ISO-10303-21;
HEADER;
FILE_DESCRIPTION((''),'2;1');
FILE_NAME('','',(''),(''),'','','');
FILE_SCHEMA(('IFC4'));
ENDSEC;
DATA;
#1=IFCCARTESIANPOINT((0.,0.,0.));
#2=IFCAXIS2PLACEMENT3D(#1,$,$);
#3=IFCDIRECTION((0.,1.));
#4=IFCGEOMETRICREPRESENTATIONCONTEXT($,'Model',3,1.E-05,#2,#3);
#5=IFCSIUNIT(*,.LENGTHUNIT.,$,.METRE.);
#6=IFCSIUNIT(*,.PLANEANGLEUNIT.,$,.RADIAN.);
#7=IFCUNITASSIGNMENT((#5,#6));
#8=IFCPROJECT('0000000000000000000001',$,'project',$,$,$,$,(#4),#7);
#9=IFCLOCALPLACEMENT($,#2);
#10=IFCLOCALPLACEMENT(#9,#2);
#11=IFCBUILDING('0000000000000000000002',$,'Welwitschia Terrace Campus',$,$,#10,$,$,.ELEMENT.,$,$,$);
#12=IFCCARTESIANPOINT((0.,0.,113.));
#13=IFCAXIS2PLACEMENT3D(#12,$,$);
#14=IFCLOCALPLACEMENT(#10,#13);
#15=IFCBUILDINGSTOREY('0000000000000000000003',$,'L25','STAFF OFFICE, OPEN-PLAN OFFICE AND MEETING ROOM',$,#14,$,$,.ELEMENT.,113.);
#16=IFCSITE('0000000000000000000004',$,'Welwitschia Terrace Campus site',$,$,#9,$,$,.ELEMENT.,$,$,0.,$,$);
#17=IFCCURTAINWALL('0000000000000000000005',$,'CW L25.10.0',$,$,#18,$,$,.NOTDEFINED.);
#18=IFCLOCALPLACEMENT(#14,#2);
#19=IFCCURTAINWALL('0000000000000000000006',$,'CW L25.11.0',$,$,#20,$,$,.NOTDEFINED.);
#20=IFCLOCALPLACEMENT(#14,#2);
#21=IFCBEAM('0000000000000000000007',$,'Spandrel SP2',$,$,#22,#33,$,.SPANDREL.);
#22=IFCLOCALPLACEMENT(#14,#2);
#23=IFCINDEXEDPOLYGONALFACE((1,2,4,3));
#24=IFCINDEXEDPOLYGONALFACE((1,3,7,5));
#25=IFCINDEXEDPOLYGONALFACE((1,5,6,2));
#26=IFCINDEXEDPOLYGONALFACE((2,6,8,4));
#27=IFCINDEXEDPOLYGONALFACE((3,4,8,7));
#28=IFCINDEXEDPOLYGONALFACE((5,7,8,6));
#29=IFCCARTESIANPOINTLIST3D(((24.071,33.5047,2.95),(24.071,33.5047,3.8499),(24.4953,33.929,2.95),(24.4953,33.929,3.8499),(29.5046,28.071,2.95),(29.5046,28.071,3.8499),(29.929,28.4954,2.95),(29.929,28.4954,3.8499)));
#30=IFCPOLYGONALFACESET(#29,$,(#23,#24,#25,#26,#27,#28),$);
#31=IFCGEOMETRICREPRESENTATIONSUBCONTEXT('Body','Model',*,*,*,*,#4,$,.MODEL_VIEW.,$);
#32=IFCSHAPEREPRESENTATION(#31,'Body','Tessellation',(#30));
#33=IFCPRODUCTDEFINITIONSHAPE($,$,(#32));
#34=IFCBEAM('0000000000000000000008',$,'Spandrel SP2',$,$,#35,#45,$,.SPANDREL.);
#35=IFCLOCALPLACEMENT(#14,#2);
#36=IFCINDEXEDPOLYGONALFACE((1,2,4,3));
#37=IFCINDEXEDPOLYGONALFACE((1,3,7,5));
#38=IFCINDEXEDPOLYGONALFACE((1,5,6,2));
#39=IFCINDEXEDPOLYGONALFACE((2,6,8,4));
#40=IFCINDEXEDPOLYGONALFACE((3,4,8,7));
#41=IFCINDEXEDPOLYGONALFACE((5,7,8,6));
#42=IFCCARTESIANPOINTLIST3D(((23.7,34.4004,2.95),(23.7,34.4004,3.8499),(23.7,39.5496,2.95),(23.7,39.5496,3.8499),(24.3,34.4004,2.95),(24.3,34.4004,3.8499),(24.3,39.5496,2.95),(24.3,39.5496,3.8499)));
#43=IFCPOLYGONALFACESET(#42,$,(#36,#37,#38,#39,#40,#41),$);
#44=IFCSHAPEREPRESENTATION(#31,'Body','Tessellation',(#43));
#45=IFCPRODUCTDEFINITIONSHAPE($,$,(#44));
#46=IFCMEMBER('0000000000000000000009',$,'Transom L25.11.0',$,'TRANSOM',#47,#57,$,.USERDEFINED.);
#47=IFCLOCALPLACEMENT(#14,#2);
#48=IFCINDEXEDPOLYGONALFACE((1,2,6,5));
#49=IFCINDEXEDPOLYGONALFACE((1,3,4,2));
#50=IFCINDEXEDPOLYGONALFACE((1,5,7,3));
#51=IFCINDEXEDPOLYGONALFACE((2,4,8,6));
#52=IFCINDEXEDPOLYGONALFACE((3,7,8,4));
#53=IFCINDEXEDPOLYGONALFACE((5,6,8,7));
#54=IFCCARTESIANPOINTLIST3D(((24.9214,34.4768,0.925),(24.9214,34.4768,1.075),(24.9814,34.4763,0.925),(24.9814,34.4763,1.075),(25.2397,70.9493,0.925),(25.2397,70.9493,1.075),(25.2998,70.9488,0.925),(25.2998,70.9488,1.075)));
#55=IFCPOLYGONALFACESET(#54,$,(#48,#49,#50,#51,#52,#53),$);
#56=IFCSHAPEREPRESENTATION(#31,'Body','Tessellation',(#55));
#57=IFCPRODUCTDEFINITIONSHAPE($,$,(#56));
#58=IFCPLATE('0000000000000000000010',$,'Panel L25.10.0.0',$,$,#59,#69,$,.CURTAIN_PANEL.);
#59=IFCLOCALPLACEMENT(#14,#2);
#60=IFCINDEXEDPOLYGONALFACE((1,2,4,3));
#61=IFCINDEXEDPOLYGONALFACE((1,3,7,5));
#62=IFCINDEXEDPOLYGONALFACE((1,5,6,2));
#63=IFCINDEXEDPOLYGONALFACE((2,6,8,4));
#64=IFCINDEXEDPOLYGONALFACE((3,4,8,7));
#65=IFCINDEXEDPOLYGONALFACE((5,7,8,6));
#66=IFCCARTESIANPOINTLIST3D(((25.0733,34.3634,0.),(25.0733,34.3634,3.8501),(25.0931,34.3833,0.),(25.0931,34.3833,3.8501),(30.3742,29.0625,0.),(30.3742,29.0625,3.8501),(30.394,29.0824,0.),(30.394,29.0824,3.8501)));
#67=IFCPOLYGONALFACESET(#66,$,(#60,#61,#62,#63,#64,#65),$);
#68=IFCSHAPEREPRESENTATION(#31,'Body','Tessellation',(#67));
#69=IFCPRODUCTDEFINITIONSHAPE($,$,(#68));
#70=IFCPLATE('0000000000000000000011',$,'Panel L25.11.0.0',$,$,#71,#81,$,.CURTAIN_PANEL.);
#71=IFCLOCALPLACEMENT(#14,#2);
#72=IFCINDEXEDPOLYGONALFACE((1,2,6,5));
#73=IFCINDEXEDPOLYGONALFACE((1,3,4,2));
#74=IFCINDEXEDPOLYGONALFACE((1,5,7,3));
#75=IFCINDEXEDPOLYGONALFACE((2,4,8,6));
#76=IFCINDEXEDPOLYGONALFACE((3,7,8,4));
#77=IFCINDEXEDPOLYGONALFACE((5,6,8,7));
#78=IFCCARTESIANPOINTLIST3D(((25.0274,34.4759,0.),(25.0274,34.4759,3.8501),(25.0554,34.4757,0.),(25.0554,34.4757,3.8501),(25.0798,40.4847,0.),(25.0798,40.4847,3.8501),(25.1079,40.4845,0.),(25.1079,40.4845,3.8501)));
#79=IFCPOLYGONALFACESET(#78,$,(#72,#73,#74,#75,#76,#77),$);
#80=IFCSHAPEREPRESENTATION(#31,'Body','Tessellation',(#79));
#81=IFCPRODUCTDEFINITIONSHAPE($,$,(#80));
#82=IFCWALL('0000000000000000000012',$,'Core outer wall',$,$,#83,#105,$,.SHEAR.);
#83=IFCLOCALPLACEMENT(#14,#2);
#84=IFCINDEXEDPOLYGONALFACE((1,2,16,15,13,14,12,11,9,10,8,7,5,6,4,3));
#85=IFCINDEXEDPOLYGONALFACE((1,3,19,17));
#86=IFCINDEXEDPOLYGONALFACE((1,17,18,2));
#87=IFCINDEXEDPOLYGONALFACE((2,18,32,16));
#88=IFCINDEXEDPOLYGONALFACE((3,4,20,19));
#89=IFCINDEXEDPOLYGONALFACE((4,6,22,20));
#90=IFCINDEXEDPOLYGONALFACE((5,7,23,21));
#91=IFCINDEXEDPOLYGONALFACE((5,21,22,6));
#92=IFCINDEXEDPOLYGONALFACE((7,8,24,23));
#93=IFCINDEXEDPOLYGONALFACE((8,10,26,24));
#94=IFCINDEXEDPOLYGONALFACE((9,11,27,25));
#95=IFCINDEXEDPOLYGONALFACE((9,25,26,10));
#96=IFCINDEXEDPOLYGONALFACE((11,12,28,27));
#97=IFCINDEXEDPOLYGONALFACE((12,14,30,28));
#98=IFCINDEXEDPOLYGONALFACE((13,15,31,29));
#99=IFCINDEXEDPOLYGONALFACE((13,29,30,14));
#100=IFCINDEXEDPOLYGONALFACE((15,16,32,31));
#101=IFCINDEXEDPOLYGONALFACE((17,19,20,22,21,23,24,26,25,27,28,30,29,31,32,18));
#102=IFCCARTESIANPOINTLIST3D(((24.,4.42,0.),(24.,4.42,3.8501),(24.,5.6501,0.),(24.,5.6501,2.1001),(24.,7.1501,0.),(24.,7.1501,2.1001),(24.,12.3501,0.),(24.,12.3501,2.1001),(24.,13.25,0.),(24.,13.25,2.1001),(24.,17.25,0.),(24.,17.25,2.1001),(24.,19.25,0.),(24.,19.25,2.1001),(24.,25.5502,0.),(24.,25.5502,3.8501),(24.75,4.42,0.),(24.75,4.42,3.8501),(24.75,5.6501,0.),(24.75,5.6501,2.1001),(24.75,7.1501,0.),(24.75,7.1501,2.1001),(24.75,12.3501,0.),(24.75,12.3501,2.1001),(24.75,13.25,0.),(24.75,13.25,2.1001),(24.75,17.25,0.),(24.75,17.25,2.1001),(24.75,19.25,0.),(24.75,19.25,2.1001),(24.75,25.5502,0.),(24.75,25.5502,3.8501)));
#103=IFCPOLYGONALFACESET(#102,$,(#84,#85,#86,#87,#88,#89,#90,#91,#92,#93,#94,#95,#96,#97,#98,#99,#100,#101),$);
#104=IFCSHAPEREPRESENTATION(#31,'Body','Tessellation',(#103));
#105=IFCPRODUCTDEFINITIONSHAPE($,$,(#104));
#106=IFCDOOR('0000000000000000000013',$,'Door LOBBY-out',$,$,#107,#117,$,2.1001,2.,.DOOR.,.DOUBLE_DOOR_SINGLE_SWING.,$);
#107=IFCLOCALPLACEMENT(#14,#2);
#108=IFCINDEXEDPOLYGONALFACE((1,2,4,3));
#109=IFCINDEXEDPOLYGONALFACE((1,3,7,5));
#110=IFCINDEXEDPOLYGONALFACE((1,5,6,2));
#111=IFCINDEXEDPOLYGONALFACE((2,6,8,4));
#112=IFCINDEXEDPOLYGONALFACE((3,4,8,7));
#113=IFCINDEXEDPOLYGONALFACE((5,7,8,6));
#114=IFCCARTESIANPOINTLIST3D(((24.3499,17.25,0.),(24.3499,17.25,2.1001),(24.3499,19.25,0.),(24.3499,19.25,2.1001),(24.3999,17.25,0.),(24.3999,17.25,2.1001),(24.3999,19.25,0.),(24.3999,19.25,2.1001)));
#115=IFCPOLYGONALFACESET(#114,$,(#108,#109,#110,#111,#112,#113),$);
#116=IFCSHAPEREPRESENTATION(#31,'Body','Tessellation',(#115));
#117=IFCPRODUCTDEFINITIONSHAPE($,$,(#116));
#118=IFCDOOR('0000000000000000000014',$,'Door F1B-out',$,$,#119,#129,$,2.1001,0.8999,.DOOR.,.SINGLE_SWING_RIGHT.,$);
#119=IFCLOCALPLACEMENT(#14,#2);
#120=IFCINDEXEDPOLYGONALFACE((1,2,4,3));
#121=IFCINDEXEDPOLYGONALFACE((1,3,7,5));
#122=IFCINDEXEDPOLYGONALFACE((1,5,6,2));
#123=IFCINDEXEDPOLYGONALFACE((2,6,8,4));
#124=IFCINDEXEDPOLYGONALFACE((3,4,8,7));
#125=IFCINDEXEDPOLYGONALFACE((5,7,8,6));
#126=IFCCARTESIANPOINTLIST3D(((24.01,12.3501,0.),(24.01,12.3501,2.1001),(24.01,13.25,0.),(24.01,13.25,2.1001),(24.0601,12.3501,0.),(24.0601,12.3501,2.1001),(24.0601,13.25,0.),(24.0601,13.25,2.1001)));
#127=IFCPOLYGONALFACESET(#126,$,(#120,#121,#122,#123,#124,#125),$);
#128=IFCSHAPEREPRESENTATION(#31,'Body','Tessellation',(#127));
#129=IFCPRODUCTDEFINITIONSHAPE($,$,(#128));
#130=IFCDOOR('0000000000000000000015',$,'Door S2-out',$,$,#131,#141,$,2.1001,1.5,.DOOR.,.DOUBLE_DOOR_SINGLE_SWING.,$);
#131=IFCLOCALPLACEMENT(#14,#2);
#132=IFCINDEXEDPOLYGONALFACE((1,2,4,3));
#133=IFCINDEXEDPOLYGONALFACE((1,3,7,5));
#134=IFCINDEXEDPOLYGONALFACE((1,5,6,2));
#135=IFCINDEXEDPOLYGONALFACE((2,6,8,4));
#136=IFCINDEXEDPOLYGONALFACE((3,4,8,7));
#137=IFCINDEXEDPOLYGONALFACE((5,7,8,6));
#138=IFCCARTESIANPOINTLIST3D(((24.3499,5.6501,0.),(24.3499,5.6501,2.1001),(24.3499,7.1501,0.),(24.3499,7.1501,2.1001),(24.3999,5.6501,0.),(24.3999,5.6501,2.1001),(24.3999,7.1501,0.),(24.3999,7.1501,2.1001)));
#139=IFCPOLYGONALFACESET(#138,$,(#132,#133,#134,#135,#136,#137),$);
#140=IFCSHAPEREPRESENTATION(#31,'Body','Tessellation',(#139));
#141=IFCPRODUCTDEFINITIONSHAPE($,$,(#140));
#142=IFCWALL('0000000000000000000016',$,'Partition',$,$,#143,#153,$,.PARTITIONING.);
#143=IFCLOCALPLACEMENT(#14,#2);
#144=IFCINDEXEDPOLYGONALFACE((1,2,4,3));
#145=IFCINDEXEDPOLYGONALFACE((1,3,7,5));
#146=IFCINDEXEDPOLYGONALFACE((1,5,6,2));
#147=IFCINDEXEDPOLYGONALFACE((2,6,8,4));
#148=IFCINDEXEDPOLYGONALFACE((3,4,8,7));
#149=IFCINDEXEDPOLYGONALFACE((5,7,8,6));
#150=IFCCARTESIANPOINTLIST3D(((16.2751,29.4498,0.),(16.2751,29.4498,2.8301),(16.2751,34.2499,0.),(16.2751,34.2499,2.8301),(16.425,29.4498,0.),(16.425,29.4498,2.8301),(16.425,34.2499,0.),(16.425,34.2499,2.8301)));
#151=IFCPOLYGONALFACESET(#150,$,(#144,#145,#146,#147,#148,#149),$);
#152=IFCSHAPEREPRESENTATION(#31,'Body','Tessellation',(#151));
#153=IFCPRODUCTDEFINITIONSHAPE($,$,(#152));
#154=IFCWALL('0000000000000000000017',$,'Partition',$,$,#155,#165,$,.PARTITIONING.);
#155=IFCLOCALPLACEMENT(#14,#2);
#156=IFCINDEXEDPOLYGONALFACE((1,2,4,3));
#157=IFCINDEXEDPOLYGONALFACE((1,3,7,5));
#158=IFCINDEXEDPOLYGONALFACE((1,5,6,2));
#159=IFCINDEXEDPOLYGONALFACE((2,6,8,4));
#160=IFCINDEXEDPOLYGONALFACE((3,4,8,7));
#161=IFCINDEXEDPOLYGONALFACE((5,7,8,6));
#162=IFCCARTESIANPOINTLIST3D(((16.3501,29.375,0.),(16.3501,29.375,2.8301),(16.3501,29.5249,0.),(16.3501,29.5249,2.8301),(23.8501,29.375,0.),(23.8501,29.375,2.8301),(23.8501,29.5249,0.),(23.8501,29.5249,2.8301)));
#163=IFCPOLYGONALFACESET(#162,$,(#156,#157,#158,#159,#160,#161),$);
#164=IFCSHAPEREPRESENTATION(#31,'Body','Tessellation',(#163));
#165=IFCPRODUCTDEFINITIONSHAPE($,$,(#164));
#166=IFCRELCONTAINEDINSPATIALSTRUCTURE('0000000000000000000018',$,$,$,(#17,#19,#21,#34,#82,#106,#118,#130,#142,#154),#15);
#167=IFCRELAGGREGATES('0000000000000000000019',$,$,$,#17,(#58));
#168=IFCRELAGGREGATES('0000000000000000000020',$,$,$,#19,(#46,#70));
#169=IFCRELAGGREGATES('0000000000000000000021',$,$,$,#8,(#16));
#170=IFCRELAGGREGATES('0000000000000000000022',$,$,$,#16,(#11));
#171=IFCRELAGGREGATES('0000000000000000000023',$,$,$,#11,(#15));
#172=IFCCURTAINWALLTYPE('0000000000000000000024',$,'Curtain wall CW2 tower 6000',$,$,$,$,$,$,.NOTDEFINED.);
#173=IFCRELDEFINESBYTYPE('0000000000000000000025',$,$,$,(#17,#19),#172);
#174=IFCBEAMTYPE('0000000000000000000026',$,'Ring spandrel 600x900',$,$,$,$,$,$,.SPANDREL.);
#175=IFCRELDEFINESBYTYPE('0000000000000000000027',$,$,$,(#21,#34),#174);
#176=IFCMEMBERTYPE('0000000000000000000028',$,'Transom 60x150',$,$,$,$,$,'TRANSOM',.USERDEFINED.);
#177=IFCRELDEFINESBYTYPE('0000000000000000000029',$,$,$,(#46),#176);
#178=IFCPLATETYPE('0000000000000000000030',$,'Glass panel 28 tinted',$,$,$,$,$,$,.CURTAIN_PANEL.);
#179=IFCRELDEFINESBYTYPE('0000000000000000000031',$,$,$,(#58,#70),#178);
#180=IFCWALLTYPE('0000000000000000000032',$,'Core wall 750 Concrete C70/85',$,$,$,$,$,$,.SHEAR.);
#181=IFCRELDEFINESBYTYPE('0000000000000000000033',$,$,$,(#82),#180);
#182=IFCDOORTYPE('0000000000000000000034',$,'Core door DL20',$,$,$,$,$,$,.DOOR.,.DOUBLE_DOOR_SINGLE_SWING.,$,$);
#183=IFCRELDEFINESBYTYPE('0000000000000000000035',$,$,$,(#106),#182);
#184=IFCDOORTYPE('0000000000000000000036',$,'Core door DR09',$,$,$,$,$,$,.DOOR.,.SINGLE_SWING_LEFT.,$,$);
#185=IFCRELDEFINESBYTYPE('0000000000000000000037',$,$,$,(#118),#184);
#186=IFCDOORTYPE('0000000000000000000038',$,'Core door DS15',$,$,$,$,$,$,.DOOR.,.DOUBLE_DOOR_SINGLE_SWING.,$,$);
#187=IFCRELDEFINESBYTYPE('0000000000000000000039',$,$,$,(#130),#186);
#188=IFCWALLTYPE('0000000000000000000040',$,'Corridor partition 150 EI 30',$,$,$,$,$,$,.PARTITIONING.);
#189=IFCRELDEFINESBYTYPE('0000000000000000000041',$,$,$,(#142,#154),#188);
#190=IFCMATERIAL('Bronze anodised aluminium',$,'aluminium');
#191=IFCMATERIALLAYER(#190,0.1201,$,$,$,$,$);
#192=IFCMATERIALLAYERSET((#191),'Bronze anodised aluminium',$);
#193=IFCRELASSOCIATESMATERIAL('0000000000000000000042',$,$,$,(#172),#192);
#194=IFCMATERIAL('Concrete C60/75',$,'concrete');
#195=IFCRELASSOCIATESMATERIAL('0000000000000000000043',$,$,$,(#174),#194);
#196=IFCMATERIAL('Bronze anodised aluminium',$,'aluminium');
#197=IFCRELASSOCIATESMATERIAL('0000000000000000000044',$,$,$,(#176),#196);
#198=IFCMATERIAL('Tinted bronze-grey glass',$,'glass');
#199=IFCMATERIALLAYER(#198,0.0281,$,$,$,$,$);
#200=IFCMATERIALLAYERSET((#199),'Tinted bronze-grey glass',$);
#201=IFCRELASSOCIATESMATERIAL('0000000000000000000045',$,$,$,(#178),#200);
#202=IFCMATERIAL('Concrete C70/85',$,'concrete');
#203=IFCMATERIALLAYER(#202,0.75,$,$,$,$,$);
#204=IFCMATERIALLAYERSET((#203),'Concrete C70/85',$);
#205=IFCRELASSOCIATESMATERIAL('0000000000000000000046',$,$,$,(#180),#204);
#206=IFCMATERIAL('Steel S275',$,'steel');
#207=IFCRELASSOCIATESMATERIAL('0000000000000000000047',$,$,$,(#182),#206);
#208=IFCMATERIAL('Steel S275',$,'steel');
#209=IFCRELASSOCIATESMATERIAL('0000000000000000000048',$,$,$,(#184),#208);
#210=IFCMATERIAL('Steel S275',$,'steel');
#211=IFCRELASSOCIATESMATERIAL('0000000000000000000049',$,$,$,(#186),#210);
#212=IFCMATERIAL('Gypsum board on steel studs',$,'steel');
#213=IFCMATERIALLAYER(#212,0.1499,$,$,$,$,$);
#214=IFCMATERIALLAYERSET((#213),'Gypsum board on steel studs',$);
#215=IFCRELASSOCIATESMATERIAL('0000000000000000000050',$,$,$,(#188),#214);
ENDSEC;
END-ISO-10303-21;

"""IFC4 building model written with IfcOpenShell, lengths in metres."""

from ifc_helpers import new_model, si_unit, direction, frame, frame_2d, origin, origin_2d, place, context, subcontext, project, spatial, rectangle, extrude, material, layer, layer_set, material_profile, profile_set, type_object, element, fill, aggregate, save


model = new_model("IFC4")

# Units and contexts
model_context = context("Model", 3, precision=1e-05, world=origin(), true_north=direction((0.0, 1.0)))
body_context = subcontext(model_context, "Body", "Model", "MODEL_VIEW")
ifc_project = project(units=[si_unit("LENGTHUNIT", "METRE"), si_unit("PLANEANGLEUNIT", "RADIAN")], contexts=[model_context])

# Site, building, storey
site_placement = place(None, origin())
site = spatial("IfcSite", under=ifc_project, at=site_placement, Name="Welwitschia Terrace Campus site", CompositionType="ELEMENT", RefElevation=0.0)
building_placement = place(site_placement, origin())
building = spatial("IfcBuilding", under=site, at=building_placement, Name="Welwitschia Terrace Campus", CompositionType="ELEMENT")
storey_placement = place(building_placement, frame((0.0, 0.0, 113.0)))
storey = spatial("IfcBuildingStorey", under=building, at=storey_placement, Name="L25", Description="STAFF OFFICE, OPEN-PLAN OFFICE AND MEETING ROOM", CompositionType="ELEMENT", Elevation=113.0)

# Curtain walls
ifc_material_1 = material(Name="Bronze anodised aluminium", Category="aluminium")
ifc_layer_1 = layer(ifc_material_1, 0.1201)
ifc_layer_set_1 = layer_set([ifc_layer_1], Name="Bronze anodised aluminium")
curtain_wall_type = type_object("IfcCurtainWallType", Name="Curtain wall CW2 tower 6000", PredefinedType="NOTDEFINED", material=ifc_layer_set_1)
curtain_wall_1_placement = place(storey_placement, origin())
curtain_wall_1 = element("IfcCurtainWall", 1, at=curtain_wall_1_placement, inside=storey, type_object=curtain_wall_type, Name="CW L25.10.0", PredefinedType="NOTDEFINED")
curtain_wall_2_placement = place(storey_placement, origin())
curtain_wall_2 = element("IfcCurtainWall", 2, at=curtain_wall_2_placement, inside=storey, type_object=curtain_wall_type, Name="CW L25.11.0", PredefinedType="NOTDEFINED")

# Beams
ifc_material_2 = material(Name="Concrete C60/75", Category="concrete")
ifc_material_profile_1 = material_profile(ifc_material_2, rectangle(XDim=0.6001, YDim=0.8999, at=origin_2d()))
ifc_profile_set_1 = profile_set([ifc_material_profile_1], Name="Concrete C60/75")
beam_type_1 = type_object("IfcBeamType", Name="Ring spandrel 600x900", PredefinedType="SPANDREL", material=ifc_profile_set_1)
beam_1_placement = place(storey_placement, frame((29.7168, 28.2832, 3.3999), z_axis=(-0.707107, 0.707107, 0.0), x_axis=(-0.707107, -0.707107, 0.0)))
element("IfcBeam", 3, at=beam_1_placement, inside=storey, type_object=beam_type_1, Name="Spandrel SP2", PredefinedType="SPANDREL", context=body_context, shape_type="SweptSolid", body=[
    extrude(rectangle(XDim=0.6001, YDim=0.8999, at=origin_2d()), origin(), (0.0, 0.0, 1.0), 7.6843),
])
beam_2_placement = place(storey_placement, frame((24.0, 34.4004, 3.3999), z_axis=(0.0, 1.0, 0.0), x_axis=(-1.0, 0.0, 0.0)))
element("IfcBeam", 4, at=beam_2_placement, inside=storey, type_object=beam_type_1, Name="Spandrel SP2", PredefinedType="SPANDREL", context=body_context, shape_type="SweptSolid", body=[
    extrude(rectangle(XDim=0.6001, YDim=0.8999, at=origin_2d()), origin(), (0.0, 0.0, 1.0), 5.1492),
])

# Member
ifc_material_3 = material(Name="Bronze anodised aluminium", Category="aluminium")
ifc_material_profile_2 = material_profile(ifc_material_3, rectangle(XDim=0.0601, YDim=0.1499, at=origin_2d()))
ifc_profile_set_2 = profile_set([ifc_material_profile_2], Name="Bronze anodised aluminium")
member_type_1 = type_object("IfcMemberType", Name="Transom 60x150", ElementType="TRANSOM", PredefinedType="USERDEFINED", material=ifc_profile_set_2)
member_1_placement = place(storey_placement, frame((24.9514, 34.4766, 1.0), z_axis=(0.008728, 0.999962, 0.0), x_axis=(-0.999962, 0.008728, 0.0)))
member_1 = element("IfcMember", 5, at=member_1_placement, type_object=member_type_1, Name="Transom L25.11.0", ObjectType="TRANSOM", PredefinedType="USERDEFINED", context=body_context, shape_type="SweptSolid", body=[
    extrude(rectangle(XDim=0.0601, YDim=0.1499, at=origin_2d()), origin(), (0.0, 0.0, 1.0), 36.4739),
])

# Plates
ifc_material_4 = material(Name="Tinted bronze-grey glass", Category="glass")
ifc_layer_2 = layer(ifc_material_4, 0.0281)
ifc_layer_set_2 = layer_set([ifc_layer_2], Name="Tinted bronze-grey glass")
plate_type = type_object("IfcPlateType", Name="Glass panel 28 tinted", PredefinedType="CURTAIN_PANEL", material=ifc_layer_set_2)
plate_1_placement = place(storey_placement, frame((27.7336, 31.7229, 0.0), z_axis=(0.0, 0.0, 1.0), x_axis=(-0.707107, 0.707107, 0.0)))
plate_1 = element("IfcPlate", 6, at=plate_1_placement, type_object=plate_type, Name="Panel L25.10.0.0", PredefinedType="CURTAIN_PANEL", context=body_context, shape_type="SweptSolid", body=[
    extrude(rectangle(XDim=7.4966, YDim=0.0281, at=origin_2d()), origin(), (0.0, 0.0, 1.0), 3.8501),
])
aggregate(curtain_wall_1, [plate_1])
plate_2_placement = place(storey_placement, frame((25.0676, 37.4802, 0.0), z_axis=(0.0, 0.0, 1.0), x_axis=(0.008727, 0.999962, 0.0)))
plate_2 = element("IfcPlate", 7, at=plate_2_placement, type_object=plate_type, Name="Panel L25.11.0.0", PredefinedType="CURTAIN_PANEL", context=body_context, shape_type="SweptSolid", body=[
    extrude(rectangle(XDim=6.009, YDim=0.0281, at=origin_2d()), origin(), (0.0, 0.0, 1.0), 3.8501),
])
aggregate(curtain_wall_2, [member_1, plate_2])

# Wall, openings, doors
ifc_material_5 = material(Name="Concrete C70/85", Category="concrete")
ifc_layer_3 = layer(ifc_material_5, 0.75)
ifc_layer_set_3 = layer_set([ifc_layer_3], Name="Concrete C70/85")
wall_type_1 = type_object("IfcWallType", Name="Core wall 750 Concrete C70/85", PredefinedType="SHEAR", material=ifc_layer_set_3)
wall_1_placement = place(storey_placement, frame((24.375, 25.55, 0.0), z_axis=(0.0, 0.0, 1.0), x_axis=(0.0, -1.0, 0.0)))
wall_1 = element("IfcWall", 8, at=wall_1_placement, inside=storey, type_object=wall_type_1, Name="Core outer wall", PredefinedType="SHEAR", context=body_context, shape_type="SweptSolid", body=[
    extrude(rectangle(XDim=21.1301, YDim=0.75, at=frame_2d((10.5649, 0.0))), origin(), (0.0, 0.0, 1.0), 3.8501),
])
opening_1_placement = place(wall_1_placement, frame((18.3999, 0.0, 0.0)))
opening_1 = element("IfcOpeningElement", 9, at=opening_1_placement, cuts=wall_1, PredefinedType="OPENING", context=body_context, shape_type="SweptSolid", body=[
    extrude(rectangle(XDim=1.5, YDim=2.1001, at=frame_2d((0.75, 1.05))), frame((0.0, 0.385, 0.0), z_axis=(0.0, -1.0, 0.0), x_axis=(1.0, 0.0, 0.0)), (0.0, 0.0, 1.0), 0.77),
])
opening_2_placement = place(wall_1_placement, frame((12.3, 0.0, 0.0)))
opening_2 = element("IfcOpeningElement", 10, at=opening_2_placement, cuts=wall_1, PredefinedType="OPENING", context=body_context, shape_type="SweptSolid", body=[
    extrude(rectangle(XDim=0.8999, YDim=2.1001, at=frame_2d((0.45, 1.05))), frame((0.0, 0.385, 0.0), z_axis=(0.0, -1.0, 0.0), x_axis=(1.0, 0.0, 0.0)), (0.0, 0.0, 1.0), 0.77),
])
opening_3_placement = place(wall_1_placement, frame((6.3, 0.0, 0.0)))
opening_3 = element("IfcOpeningElement", 11, at=opening_3_placement, cuts=wall_1, PredefinedType="OPENING", context=body_context, shape_type="SweptSolid", body=[
    extrude(rectangle(XDim=2.0, YDim=2.1001, at=frame_2d((1.0, 1.05))), frame((0.0, 0.385, 0.0), z_axis=(0.0, -1.0, 0.0), x_axis=(1.0, 0.0, 0.0)), (0.0, 0.0, 1.0), 0.77),
])
ifc_material_6 = material(Name="Steel S275", Category="steel")
door_type_1 = type_object("IfcDoorType", Name="Core door DL20", OperationType="DOUBLE_DOOR_SINGLE_SWING", PredefinedType="DOOR", material=ifc_material_6)
door_1_placement = place(opening_3_placement, origin())
door_1 = element("IfcDoor", 12, at=door_1_placement, inside=storey, type_object=door_type_1, Name="Door LOBBY-out", OperationType="DOUBLE_DOOR_SINGLE_SWING", OverallHeight=2.1001, OverallWidth=2.0, PredefinedType="DOOR", context=body_context, shape_type="SweptSolid", body=[
    extrude(rectangle(XDim=2.0, YDim=2.1001, at=frame_2d((1.0, 1.05))), frame((0.0, 0.0249, 0.0), z_axis=(0.0, -1.0, 0.0), x_axis=(1.0, 0.0, 0.0)), (0.0, 0.0, 1.0), 0.05),
])
fill(opening_3, door_1)
ifc_material_7 = material(Name="Steel S275", Category="steel")
door_type_2 = type_object("IfcDoorType", Name="Core door DR09", OperationType="SINGLE_SWING_LEFT", PredefinedType="DOOR", material=ifc_material_7)
door_2_placement = place(opening_2_placement, origin())
door_2 = element("IfcDoor", 13, at=door_2_placement, inside=storey, type_object=door_type_2, Name="Door F1B-out", OperationType="SINGLE_SWING_RIGHT", OverallHeight=2.1001, OverallWidth=0.8999, PredefinedType="DOOR", context=body_context, shape_type="SweptSolid", body=[
    extrude(rectangle(XDim=0.8999, YDim=2.1001, at=frame_2d((0.45, 1.05))), frame((0.0, -0.3149, 0.0), z_axis=(0.0, -1.0, 0.0), x_axis=(1.0, 0.0, 0.0)), (0.0, 0.0, 1.0), 0.05),
])
fill(opening_2, door_2)
ifc_material_8 = material(Name="Steel S275", Category="steel")
door_type_3 = type_object("IfcDoorType", Name="Core door DS15", OperationType="DOUBLE_DOOR_SINGLE_SWING", PredefinedType="DOOR", material=ifc_material_8)
door_3_placement = place(opening_1_placement, origin())
door_3 = element("IfcDoor", 14, at=door_3_placement, inside=storey, type_object=door_type_3, Name="Door S2-out", OperationType="DOUBLE_DOOR_SINGLE_SWING", OverallHeight=2.1001, OverallWidth=1.5, PredefinedType="DOOR", context=body_context, shape_type="SweptSolid", body=[
    extrude(rectangle(XDim=1.5, YDim=2.1001, at=frame_2d((0.75, 1.05))), frame((0.0, 0.0249, 0.0), z_axis=(0.0, -1.0, 0.0), x_axis=(1.0, 0.0, 0.0)), (0.0, 0.0, 1.0), 0.05),
])
fill(opening_1, door_3)

# Walls
ifc_material_9 = material(Name="Gypsum board on steel studs", Category="steel")
ifc_layer_4 = layer(ifc_material_9, 0.1499)
ifc_layer_set_4 = layer_set([ifc_layer_4], Name="Gypsum board on steel studs")
wall_type_2 = type_object("IfcWallType", Name="Corridor partition 150 EI 30", PredefinedType="PARTITIONING", material=ifc_layer_set_4)
wall_2_placement = place(storey_placement, frame((16.3501, 29.45, 0.0), z_axis=(0.0, 0.0, 1.0), x_axis=(0.0, 1.0, 0.0)))
element("IfcWall", 15, at=wall_2_placement, inside=storey, type_object=wall_type_2, Name="Partition", PredefinedType="PARTITIONING", context=body_context, shape_type="SweptSolid", body=[
    extrude(rectangle(XDim=4.8, YDim=0.1499, at=frame_2d((2.3999, 0.0))), origin(), (0.0, 0.0, 1.0), 2.8301),
])
wall_3_placement = place(storey_placement, frame((16.3501, 29.45, 0.0), z_axis=(0.0, 0.0, 1.0), x_axis=(1.0, 0.0, 0.0)))
element("IfcWall", 16, at=wall_3_placement, inside=storey, type_object=wall_type_2, Name="Partition", PredefinedType="PARTITIONING", context=body_context, shape_type="SweptSolid", body=[
    extrude(rectangle(XDim=7.5, YDim=0.1499, at=frame_2d((3.75, 0.0))), origin(), (0.0, 0.0, 1.0), 2.8301),
])

save(model, "model.ifc")
